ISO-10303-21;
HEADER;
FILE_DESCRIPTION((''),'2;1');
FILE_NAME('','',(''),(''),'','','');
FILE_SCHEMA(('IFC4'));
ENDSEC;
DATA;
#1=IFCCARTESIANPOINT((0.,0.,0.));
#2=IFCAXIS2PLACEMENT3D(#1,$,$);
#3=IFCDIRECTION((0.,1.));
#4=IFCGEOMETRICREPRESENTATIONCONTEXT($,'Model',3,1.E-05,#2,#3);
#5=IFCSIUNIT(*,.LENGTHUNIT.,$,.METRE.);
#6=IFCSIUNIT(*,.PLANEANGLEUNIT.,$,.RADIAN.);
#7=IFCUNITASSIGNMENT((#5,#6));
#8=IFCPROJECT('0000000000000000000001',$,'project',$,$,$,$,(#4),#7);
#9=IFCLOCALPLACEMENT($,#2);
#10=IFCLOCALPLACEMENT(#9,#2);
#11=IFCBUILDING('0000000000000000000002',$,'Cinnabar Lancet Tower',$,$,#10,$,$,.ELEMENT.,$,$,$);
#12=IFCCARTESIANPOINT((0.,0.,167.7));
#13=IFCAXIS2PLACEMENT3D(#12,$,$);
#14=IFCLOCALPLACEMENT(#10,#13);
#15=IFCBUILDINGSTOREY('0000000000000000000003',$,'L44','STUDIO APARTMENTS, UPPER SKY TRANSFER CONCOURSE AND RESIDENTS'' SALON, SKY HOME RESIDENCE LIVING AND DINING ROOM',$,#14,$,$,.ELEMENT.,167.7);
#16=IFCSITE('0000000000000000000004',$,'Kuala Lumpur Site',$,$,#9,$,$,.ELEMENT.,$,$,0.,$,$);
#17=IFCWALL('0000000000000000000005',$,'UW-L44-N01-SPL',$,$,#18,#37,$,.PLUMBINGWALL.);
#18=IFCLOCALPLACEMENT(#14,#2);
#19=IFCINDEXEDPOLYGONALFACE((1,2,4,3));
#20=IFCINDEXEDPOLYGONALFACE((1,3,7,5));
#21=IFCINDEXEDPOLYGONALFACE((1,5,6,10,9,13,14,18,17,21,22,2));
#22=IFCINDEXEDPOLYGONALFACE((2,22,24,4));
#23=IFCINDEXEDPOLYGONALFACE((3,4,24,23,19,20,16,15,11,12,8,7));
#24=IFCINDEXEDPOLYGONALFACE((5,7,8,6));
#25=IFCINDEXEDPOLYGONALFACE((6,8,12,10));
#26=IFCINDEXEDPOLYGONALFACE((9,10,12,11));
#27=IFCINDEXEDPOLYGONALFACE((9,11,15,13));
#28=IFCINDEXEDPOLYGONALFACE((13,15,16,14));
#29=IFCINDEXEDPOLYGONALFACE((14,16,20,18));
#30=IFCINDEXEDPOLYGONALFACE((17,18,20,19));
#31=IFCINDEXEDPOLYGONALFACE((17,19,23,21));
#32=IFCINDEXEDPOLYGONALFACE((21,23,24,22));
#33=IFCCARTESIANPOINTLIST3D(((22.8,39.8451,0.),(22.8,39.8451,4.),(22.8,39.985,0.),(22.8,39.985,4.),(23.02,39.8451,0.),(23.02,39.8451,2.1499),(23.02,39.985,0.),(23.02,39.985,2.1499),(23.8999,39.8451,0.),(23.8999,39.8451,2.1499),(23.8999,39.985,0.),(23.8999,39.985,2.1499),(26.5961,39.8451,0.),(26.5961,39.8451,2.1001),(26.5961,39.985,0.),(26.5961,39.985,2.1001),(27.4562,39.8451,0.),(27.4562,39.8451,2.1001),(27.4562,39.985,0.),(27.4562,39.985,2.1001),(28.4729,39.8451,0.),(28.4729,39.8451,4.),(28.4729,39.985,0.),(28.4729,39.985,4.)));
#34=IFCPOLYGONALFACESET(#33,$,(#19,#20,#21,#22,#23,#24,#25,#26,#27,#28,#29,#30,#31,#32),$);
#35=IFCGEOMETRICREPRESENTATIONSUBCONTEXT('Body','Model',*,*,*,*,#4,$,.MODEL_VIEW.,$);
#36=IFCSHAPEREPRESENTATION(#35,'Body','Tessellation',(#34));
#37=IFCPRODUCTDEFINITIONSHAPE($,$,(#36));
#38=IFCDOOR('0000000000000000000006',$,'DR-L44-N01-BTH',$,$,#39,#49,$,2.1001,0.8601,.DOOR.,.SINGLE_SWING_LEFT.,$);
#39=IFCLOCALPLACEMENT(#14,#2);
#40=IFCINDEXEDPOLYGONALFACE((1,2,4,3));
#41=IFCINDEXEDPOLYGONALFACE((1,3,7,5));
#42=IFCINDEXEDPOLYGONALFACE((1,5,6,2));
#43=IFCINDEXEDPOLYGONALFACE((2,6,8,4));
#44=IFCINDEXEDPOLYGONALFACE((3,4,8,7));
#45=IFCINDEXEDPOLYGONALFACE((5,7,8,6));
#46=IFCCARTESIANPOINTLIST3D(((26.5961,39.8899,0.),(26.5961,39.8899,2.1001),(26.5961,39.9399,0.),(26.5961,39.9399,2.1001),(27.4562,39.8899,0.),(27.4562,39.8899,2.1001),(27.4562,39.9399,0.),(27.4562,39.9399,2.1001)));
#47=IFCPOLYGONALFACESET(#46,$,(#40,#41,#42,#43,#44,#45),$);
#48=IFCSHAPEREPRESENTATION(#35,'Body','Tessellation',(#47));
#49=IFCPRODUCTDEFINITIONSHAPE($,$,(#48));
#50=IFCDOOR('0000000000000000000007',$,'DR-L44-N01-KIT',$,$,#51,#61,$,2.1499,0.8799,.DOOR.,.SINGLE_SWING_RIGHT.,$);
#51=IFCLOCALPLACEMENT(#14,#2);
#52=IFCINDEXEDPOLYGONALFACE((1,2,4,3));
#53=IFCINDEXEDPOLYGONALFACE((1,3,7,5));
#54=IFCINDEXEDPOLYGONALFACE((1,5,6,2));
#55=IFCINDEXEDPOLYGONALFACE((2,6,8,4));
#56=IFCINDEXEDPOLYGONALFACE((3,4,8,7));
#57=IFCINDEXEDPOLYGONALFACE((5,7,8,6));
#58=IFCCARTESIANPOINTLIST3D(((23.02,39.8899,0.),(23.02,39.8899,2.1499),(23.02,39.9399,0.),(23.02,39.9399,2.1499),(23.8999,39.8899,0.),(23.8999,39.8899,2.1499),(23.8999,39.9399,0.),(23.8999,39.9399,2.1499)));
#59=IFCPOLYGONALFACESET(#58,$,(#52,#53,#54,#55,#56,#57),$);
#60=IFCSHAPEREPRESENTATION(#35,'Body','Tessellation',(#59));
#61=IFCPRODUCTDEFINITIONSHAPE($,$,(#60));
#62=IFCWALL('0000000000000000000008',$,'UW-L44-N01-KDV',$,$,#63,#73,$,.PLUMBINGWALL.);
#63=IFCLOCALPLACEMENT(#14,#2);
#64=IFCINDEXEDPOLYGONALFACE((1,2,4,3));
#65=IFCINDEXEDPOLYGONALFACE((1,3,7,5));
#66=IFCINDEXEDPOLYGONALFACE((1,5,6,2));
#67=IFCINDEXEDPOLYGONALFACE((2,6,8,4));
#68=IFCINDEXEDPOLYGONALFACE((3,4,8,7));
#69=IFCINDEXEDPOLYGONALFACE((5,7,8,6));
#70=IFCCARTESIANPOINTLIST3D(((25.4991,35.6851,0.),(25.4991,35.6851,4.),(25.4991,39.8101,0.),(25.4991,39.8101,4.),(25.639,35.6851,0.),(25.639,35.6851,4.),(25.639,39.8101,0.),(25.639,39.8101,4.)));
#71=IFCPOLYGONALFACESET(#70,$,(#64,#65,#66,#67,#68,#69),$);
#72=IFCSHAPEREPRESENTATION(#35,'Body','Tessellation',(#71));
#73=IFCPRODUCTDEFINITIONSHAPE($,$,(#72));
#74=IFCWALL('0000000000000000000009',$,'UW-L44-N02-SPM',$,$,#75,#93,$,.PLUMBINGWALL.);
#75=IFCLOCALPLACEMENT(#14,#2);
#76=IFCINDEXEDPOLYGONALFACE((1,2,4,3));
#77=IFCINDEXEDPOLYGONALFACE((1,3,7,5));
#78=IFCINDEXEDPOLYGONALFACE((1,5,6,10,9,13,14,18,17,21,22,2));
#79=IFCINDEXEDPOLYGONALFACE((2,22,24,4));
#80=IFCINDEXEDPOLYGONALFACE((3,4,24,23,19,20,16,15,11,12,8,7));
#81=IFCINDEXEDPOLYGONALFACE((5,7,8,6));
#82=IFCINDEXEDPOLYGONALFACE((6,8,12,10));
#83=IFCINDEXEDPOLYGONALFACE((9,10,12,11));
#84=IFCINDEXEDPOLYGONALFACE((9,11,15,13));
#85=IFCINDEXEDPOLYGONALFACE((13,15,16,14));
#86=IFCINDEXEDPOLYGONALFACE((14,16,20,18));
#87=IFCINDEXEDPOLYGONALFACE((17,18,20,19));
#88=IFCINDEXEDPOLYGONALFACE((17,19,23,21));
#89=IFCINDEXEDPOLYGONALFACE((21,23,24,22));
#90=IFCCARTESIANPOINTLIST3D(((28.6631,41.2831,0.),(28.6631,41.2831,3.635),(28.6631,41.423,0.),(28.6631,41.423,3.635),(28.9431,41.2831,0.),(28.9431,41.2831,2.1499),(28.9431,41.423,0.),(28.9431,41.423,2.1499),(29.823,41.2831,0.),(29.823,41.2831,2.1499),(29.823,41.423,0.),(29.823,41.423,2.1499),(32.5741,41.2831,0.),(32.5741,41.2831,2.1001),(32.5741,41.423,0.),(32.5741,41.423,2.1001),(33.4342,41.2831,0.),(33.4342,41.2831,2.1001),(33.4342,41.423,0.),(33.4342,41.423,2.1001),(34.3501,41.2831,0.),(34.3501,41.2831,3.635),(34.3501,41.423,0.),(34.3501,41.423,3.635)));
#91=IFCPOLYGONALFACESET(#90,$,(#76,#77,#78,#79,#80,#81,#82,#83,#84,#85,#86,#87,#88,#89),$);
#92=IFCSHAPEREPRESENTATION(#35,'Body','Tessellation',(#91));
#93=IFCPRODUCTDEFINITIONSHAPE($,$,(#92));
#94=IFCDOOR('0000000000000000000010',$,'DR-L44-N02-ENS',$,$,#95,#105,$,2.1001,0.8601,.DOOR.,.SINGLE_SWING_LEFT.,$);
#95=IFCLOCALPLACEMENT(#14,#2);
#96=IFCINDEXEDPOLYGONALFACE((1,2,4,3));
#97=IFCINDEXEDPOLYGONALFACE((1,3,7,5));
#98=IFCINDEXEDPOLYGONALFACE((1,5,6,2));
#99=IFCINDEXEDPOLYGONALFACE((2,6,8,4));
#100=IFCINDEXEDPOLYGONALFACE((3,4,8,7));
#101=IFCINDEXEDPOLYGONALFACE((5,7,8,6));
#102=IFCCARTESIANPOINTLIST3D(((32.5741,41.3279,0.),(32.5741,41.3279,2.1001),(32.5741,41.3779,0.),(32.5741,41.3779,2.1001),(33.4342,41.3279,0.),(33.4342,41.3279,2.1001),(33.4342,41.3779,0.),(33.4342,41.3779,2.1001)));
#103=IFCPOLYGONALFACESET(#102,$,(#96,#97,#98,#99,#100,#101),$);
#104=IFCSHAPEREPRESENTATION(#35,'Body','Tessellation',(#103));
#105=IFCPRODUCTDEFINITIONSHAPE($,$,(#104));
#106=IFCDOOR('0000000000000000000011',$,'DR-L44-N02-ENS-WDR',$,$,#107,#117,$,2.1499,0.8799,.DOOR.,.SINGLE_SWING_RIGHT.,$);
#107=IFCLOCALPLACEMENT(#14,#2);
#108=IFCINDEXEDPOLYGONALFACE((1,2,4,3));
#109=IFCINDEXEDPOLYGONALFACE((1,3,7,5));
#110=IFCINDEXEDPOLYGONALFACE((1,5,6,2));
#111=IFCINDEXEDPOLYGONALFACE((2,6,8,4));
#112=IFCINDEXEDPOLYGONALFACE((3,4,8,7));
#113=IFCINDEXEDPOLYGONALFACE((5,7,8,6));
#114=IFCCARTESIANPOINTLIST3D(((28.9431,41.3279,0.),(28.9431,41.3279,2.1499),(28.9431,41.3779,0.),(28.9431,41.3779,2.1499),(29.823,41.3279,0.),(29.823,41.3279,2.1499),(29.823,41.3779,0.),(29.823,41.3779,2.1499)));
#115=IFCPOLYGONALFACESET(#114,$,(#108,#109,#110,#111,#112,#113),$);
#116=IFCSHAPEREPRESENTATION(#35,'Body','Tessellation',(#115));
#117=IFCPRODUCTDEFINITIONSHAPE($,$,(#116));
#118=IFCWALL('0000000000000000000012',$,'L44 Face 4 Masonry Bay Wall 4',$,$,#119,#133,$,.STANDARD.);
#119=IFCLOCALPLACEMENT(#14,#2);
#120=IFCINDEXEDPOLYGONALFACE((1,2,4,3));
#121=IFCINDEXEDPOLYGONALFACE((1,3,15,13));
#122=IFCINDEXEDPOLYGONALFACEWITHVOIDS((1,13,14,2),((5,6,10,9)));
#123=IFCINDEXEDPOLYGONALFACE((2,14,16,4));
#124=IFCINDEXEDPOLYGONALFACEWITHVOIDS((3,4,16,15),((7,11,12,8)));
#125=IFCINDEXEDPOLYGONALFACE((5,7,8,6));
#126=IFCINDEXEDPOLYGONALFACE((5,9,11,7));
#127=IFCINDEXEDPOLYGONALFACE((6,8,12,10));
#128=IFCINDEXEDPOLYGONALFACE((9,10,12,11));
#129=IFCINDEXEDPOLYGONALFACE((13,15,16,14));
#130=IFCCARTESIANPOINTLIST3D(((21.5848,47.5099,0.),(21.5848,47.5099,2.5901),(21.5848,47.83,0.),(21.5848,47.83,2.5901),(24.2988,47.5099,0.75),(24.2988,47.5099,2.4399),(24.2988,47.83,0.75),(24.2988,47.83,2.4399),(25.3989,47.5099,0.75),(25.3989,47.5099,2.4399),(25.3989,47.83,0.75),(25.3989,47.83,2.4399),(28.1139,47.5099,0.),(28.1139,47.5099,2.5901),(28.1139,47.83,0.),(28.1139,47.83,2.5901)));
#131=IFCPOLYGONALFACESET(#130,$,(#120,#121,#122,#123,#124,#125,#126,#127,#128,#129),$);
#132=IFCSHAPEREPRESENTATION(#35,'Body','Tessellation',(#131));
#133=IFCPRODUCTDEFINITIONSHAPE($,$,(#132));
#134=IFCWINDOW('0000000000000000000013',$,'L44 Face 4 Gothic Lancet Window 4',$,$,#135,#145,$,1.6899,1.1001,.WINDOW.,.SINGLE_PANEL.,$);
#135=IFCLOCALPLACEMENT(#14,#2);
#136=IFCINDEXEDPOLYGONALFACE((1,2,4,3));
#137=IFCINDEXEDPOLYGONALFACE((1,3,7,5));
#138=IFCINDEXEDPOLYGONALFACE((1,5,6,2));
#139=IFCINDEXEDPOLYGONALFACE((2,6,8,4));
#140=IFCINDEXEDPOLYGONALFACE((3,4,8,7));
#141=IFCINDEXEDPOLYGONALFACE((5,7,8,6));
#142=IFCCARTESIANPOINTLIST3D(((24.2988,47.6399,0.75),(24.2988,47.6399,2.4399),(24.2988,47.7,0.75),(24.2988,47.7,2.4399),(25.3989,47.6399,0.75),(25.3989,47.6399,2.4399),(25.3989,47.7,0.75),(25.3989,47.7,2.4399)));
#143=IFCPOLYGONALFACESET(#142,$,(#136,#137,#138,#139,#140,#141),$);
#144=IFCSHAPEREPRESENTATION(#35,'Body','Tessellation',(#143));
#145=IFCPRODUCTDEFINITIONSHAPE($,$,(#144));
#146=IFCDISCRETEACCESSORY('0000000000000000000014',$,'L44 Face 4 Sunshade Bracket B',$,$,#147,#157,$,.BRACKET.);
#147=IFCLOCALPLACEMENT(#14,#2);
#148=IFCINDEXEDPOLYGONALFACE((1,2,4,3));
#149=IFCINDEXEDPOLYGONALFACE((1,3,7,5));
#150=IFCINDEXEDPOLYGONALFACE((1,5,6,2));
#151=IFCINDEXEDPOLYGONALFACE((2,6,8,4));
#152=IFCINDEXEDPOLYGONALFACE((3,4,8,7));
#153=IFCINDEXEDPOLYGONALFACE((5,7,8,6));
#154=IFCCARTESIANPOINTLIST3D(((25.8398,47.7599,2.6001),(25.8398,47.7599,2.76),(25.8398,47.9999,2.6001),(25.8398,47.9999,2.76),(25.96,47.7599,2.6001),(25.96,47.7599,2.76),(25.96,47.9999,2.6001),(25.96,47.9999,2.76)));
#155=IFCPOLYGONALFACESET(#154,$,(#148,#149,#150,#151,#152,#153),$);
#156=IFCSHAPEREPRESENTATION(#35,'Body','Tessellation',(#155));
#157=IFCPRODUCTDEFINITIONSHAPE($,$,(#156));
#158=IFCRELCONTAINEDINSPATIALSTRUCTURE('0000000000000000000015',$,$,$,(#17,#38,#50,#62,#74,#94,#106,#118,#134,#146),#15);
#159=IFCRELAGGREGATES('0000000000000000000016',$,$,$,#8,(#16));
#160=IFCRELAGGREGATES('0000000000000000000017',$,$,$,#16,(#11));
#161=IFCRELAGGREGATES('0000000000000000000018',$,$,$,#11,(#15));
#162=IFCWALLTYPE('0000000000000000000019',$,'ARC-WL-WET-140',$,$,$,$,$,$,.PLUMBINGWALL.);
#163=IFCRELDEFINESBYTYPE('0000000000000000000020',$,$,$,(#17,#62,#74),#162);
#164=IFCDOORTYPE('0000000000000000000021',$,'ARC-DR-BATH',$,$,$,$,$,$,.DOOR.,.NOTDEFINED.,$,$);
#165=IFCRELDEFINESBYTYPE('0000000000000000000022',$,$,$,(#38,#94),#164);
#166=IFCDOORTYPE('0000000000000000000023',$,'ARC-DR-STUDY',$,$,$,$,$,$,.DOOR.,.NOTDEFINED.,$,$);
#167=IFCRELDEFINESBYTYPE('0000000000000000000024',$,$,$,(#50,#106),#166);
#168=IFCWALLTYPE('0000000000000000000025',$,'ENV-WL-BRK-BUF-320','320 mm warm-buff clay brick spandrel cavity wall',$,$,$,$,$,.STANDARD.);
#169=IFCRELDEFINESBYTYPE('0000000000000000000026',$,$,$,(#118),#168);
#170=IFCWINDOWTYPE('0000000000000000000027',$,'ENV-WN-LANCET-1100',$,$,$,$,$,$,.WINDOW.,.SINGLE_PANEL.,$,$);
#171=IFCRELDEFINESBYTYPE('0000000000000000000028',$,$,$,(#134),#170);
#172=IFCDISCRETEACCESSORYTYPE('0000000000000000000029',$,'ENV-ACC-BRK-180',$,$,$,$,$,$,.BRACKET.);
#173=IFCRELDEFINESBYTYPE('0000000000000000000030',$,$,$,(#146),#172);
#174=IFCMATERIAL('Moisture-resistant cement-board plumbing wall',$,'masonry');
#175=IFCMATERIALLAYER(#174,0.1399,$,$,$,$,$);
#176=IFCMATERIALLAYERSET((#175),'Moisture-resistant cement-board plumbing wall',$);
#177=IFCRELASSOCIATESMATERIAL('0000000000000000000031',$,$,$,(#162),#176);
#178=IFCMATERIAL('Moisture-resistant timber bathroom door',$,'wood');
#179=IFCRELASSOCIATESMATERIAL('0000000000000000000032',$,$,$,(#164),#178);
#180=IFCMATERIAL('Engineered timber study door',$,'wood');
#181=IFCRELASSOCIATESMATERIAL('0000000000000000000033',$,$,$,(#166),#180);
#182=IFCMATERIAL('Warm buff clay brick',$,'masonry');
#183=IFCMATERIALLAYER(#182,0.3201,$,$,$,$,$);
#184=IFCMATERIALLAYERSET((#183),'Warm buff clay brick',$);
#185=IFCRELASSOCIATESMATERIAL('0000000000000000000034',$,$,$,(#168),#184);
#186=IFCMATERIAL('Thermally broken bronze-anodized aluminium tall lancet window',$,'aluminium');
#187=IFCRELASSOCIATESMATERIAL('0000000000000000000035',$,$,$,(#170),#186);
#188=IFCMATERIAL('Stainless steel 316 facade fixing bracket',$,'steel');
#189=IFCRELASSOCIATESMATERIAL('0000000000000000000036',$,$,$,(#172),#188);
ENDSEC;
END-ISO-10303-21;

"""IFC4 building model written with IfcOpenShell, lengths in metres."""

from ifc_helpers import new_model, si_unit, direction, frame, frame_2d, origin, origin_2d, place, context, subcontext, project, spatial, rectangle, extrude, material, layer, layer_set, type_object, element, fill, save


model = new_model("IFC4")

# Units and contexts
model_context = context("Model", 3, precision=1e-05, world=origin(), true_north=direction((0.0, 1.0)))
body_context = subcontext(model_context, "Body", "Model", "MODEL_VIEW")
ifc_project = project(units=[si_unit("LENGTHUNIT", "METRE"), si_unit("PLANEANGLEUNIT", "RADIAN")], contexts=[model_context])

# Site, building, storey
site_placement = place(None, origin())
site = spatial("IfcSite", under=ifc_project, at=site_placement, Name="Kuala Lumpur Site", CompositionType="ELEMENT", RefElevation=0.0)
building_placement = place(site_placement, origin())
building = spatial("IfcBuilding", under=site, at=building_placement, Name="Cinnabar Lancet Tower", CompositionType="ELEMENT")
storey_placement = place(building_placement, frame((0.0, 0.0, 167.7)))
storey = spatial("IfcBuildingStorey", under=building, at=storey_placement, Name="L44", Description="STUDIO APARTMENTS, UPPER SKY TRANSFER CONCOURSE AND RESIDENTS' SALON, SKY HOME RESIDENCE LIVING AND DINING ROOM", CompositionType="ELEMENT", Elevation=167.7)

# Wall, openings, doors
ifc_material_1 = material(Name="Moisture-resistant cement-board plumbing wall", Category="masonry")
ifc_layer_1 = layer(ifc_material_1, 0.1399)
ifc_layer_set_1 = layer_set([ifc_layer_1], Name="Moisture-resistant cement-board plumbing wall")
wall_type_1 = type_object("IfcWallType", Name="ARC-WL-WET-140", PredefinedType="PLUMBINGWALL", material=ifc_layer_set_1)
wall_1_placement = place(storey_placement, frame((22.8, 39.915, 0.0), z_axis=(0.0, 0.0, 1.0), x_axis=(1.0, 0.0, 0.0)))
wall_1 = element("IfcWall", 1, at=wall_1_placement, inside=storey, type_object=wall_type_1, Name="UW-L44-N01-SPL", PredefinedType="PLUMBINGWALL", context=body_context, shape_type="SweptSolid", body=[
    extrude(rectangle(XDim=5.6729, YDim=0.1399, at=frame_2d((2.8364, 0.0))), origin(), (0.0, 0.0, 1.0), 4.0),
])
opening_1_placement = place(wall_1_placement, frame((3.7959, 0.0, 0.0)))
opening_1 = element("IfcOpeningElement", 2, at=opening_1_placement, cuts=wall_1, PredefinedType="OPENING", context=body_context, shape_type="SweptSolid", body=[
    extrude(rectangle(XDim=0.8601, YDim=2.1001, at=frame_2d((0.4302, 1.05))), frame((0.0, 0.0798, 0.0), z_axis=(0.0, -1.0, 0.0), x_axis=(1.0, 0.0, 0.0)), (0.0, 0.0, 1.0), 0.1599),
])
opening_2_placement = place(wall_1_placement, frame((0.22, 0.0, 0.0)))
opening_2 = element("IfcOpeningElement", 3, at=opening_2_placement, cuts=wall_1, PredefinedType="OPENING", context=body_context, shape_type="SweptSolid", body=[
    extrude(rectangle(XDim=0.8799, YDim=2.1499, at=frame_2d((0.4399, 1.075))), frame((0.0, 0.0798, 0.0), z_axis=(0.0, -1.0, 0.0), x_axis=(1.0, 0.0, 0.0)), (0.0, 0.0, 1.0), 0.1599),
])
ifc_material_2 = material(Name="Moisture-resistant timber bathroom door", Category="wood")
door_type_1 = type_object("IfcDoorType", Name="ARC-DR-BATH", OperationType="NOTDEFINED", PredefinedType="DOOR", material=ifc_material_2)
door_1_placement = place(opening_1_placement, origin())
door_1 = element("IfcDoor", 4, at=door_1_placement, inside=storey, type_object=door_type_1, Name="DR-L44-N01-BTH", OperationType="SINGLE_SWING_LEFT", OverallHeight=2.1001, OverallWidth=0.8601, PredefinedType="DOOR", context=body_context, shape_type="SweptSolid", body=[
    extrude(rectangle(XDim=0.8601, YDim=2.1001, at=frame_2d((0.4302, 1.05))), frame((0.0, 0.0249, 0.0), z_axis=(0.0, -1.0, 0.0), x_axis=(1.0, 0.0, 0.0)), (0.0, 0.0, 1.0), 0.05),
])
fill(opening_1, door_1)
ifc_material_3 = material(Name="Engineered timber study door", Category="wood")
door_type_2 = type_object("IfcDoorType", Name="ARC-DR-STUDY", OperationType="NOTDEFINED", PredefinedType="DOOR", material=ifc_material_3)
door_2_placement = place(opening_2_placement, origin())
door_2 = element("IfcDoor", 5, at=door_2_placement, inside=storey, type_object=door_type_2, Name="DR-L44-N01-KIT", OperationType="SINGLE_SWING_RIGHT", OverallHeight=2.1499, OverallWidth=0.8799, PredefinedType="DOOR", context=body_context, shape_type="SweptSolid", body=[
    extrude(rectangle(XDim=0.8799, YDim=2.1499, at=frame_2d((0.4399, 1.075))), frame((0.0, 0.0249, 0.0), z_axis=(0.0, -1.0, 0.0), x_axis=(1.0, 0.0, 0.0)), (0.0, 0.0, 1.0), 0.05),
])
fill(opening_2, door_2)

# Wall
wall_2_placement = place(storey_placement, frame((25.5691, 35.6851, 0.0), z_axis=(0.0, 0.0, 1.0), x_axis=(0.0, 1.0, 0.0)))
element("IfcWall", 6, at=wall_2_placement, inside=storey, type_object=wall_type_1, Name="UW-L44-N01-KDV", PredefinedType="PLUMBINGWALL", context=body_context, shape_type="SweptSolid", body=[
    extrude(rectangle(XDim=4.125, YDim=0.1399, at=frame_2d((2.0625, 0.0))), origin(), (0.0, 0.0, 1.0), 4.0),
])

# Wall, openings, doors
wall_3_placement = place(storey_placement, frame((28.6631, 41.353, 0.0), z_axis=(0.0, 0.0, 1.0), x_axis=(1.0, 0.0, 0.0)))
wall_3 = element("IfcWall", 7, at=wall_3_placement, inside=storey, type_object=wall_type_1, Name="UW-L44-N02-SPM", PredefinedType="PLUMBINGWALL", context=body_context, shape_type="SweptSolid", body=[
    extrude(rectangle(XDim=5.687, YDim=0.1399, at=frame_2d((2.8435, 0.0))), origin(), (0.0, 0.0, 1.0), 3.635),
])
opening_3_placement = place(wall_3_placement, frame((0.28, 0.0, 0.0)))
opening_3 = element("IfcOpeningElement", 8, at=opening_3_placement, cuts=wall_3, PredefinedType="OPENING", context=body_context, shape_type="SweptSolid", body=[
    extrude(rectangle(XDim=0.8799, YDim=2.1499, at=frame_2d((0.4399, 1.075))), frame((0.0, 0.0798, 0.0), z_axis=(0.0, -1.0, 0.0), x_axis=(1.0, 0.0, 0.0)), (0.0, 0.0, 1.0), 0.1599),
])
opening_4_placement = place(wall_3_placement, frame((3.9109, 0.0, 0.0)))
opening_4 = element("IfcOpeningElement", 9, at=opening_4_placement, cuts=wall_3, PredefinedType="OPENING", context=body_context, shape_type="SweptSolid", body=[
    extrude(rectangle(XDim=0.8601, YDim=2.1001, at=frame_2d((0.4302, 1.05))), frame((0.0, 0.0798, 0.0), z_axis=(0.0, -1.0, 0.0), x_axis=(1.0, 0.0, 0.0)), (0.0, 0.0, 1.0), 0.1599),
])
door_3_placement = place(opening_4_placement, origin())
door_3 = element("IfcDoor", 10, at=door_3_placement, inside=storey, type_object=door_type_1, Name="DR-L44-N02-ENS", OperationType="SINGLE_SWING_LEFT", OverallHeight=2.1001, OverallWidth=0.8601, PredefinedType="DOOR", context=body_context, shape_type="SweptSolid", body=[
    extrude(rectangle(XDim=0.8601, YDim=2.1001, at=frame_2d((0.4302, 1.05))), frame((0.0, 0.0249, 0.0), z_axis=(0.0, -1.0, 0.0), x_axis=(1.0, 0.0, 0.0)), (0.0, 0.0, 1.0), 0.05),
])
fill(opening_4, door_3)
door_4_placement = place(opening_3_placement, origin())
door_4 = element("IfcDoor", 11, at=door_4_placement, inside=storey, type_object=door_type_2, Name="DR-L44-N02-ENS-WDR", OperationType="SINGLE_SWING_RIGHT", OverallHeight=2.1499, OverallWidth=0.8799, PredefinedType="DOOR", context=body_context, shape_type="SweptSolid", body=[
    extrude(rectangle(XDim=0.8799, YDim=2.1499, at=frame_2d((0.4399, 1.075))), frame((0.0, 0.0249, 0.0), z_axis=(0.0, -1.0, 0.0), x_axis=(1.0, 0.0, 0.0)), (0.0, 0.0, 1.0), 0.05),
])
fill(opening_3, door_4)

# Wall, opening, window
ifc_material_4 = material(Name="Warm buff clay brick", Category="masonry")
ifc_layer_2 = layer(ifc_material_4, 0.3201)
ifc_layer_set_2 = layer_set([ifc_layer_2], Name="Warm buff clay brick")
wall_type_2 = type_object("IfcWallType", Name="ENV-WL-BRK-BUF-320", Description="320 mm warm-buff clay brick spandrel cavity wall", PredefinedType="STANDARD", material=ifc_layer_set_2)
wall_4_placement = place(storey_placement, frame((28.114, 47.6699, 0.0), z_axis=(0.0, 0.0, 1.0), x_axis=(-1.0, 0.0, 0.0)))
wall_4 = element("IfcWall", 12, at=wall_4_placement, inside=storey, type_object=wall_type_2, Name="L44 Face 4 Masonry Bay Wall 4", PredefinedType="STANDARD", context=body_context, shape_type="SweptSolid", body=[
    extrude(rectangle(XDim=6.5291, YDim=0.3201, at=frame_2d((3.2646, 0.0))), origin(), (0.0, 0.0, 1.0), 2.5901),
])
opening_5_placement = place(wall_4_placement, frame((2.7151, 0.0, 0.75)))
opening_5 = element("IfcOpeningElement", 13, at=opening_5_placement, cuts=wall_4, PredefinedType="OPENING", context=body_context, shape_type="SweptSolid", body=[
    extrude(rectangle(XDim=1.1001, YDim=1.6899, at=frame_2d((0.55, 0.845))), frame((0.0, 0.1699, 0.0), z_axis=(0.0, -1.0, 0.0), x_axis=(1.0, 0.0, 0.0)), (0.0, 0.0, 1.0), 0.3401),
])
ifc_material_5 = material(Name="Thermally broken bronze-anodized aluminium tall lancet window", Category="aluminium")
window_type = type_object("IfcWindowType", Name="ENV-WN-LANCET-1100", PartitioningType="SINGLE_PANEL", PredefinedType="WINDOW", material=ifc_material_5)
window_placement = place(opening_5_placement, origin())
window = element("IfcWindow", 14, at=window_placement, inside=storey, type_object=window_type, Name="L44 Face 4 Gothic Lancet Window 4", OverallHeight=1.6899, OverallWidth=1.1001, PartitioningType="SINGLE_PANEL", PredefinedType="WINDOW", context=body_context, shape_type="SweptSolid", body=[
    extrude(rectangle(XDim=1.1001, YDim=1.6899, at=frame_2d((0.55, 0.845))), frame((0.0, 0.03, 0.0), z_axis=(0.0, -1.0, 0.0), x_axis=(1.0, 0.0, 0.0)), (0.0, 0.0, 1.0), 0.0601),
])
fill(opening_5, window)

# Discrete accessory
ifc_material_6 = material(Name="Stainless steel 316 facade fixing bracket", Category="steel")
discrete_accessory_type = type_object("IfcDiscreteAccessoryType", Name="ENV-ACC-BRK-180", PredefinedType="BRACKET", material=ifc_material_6)
discrete_accessory_placement = place(storey_placement, frame((25.8999, 47.8799, 2.6001), z_axis=(0.0, 0.0, 1.0), x_axis=(-1.0, 0.0, 0.0)))
element("IfcDiscreteAccessory", 15, at=discrete_accessory_placement, inside=storey, type_object=discrete_accessory_type, Name="L44 Face 4 Sunshade Bracket B", PredefinedType="BRACKET", context=body_context, shape_type="SweptSolid", body=[
    extrude(rectangle(XDim=0.1201, YDim=0.24, at=origin_2d()), origin(), (0.0, 0.0, 1.0), 0.1599),
])

save(model, "model.ifc")
